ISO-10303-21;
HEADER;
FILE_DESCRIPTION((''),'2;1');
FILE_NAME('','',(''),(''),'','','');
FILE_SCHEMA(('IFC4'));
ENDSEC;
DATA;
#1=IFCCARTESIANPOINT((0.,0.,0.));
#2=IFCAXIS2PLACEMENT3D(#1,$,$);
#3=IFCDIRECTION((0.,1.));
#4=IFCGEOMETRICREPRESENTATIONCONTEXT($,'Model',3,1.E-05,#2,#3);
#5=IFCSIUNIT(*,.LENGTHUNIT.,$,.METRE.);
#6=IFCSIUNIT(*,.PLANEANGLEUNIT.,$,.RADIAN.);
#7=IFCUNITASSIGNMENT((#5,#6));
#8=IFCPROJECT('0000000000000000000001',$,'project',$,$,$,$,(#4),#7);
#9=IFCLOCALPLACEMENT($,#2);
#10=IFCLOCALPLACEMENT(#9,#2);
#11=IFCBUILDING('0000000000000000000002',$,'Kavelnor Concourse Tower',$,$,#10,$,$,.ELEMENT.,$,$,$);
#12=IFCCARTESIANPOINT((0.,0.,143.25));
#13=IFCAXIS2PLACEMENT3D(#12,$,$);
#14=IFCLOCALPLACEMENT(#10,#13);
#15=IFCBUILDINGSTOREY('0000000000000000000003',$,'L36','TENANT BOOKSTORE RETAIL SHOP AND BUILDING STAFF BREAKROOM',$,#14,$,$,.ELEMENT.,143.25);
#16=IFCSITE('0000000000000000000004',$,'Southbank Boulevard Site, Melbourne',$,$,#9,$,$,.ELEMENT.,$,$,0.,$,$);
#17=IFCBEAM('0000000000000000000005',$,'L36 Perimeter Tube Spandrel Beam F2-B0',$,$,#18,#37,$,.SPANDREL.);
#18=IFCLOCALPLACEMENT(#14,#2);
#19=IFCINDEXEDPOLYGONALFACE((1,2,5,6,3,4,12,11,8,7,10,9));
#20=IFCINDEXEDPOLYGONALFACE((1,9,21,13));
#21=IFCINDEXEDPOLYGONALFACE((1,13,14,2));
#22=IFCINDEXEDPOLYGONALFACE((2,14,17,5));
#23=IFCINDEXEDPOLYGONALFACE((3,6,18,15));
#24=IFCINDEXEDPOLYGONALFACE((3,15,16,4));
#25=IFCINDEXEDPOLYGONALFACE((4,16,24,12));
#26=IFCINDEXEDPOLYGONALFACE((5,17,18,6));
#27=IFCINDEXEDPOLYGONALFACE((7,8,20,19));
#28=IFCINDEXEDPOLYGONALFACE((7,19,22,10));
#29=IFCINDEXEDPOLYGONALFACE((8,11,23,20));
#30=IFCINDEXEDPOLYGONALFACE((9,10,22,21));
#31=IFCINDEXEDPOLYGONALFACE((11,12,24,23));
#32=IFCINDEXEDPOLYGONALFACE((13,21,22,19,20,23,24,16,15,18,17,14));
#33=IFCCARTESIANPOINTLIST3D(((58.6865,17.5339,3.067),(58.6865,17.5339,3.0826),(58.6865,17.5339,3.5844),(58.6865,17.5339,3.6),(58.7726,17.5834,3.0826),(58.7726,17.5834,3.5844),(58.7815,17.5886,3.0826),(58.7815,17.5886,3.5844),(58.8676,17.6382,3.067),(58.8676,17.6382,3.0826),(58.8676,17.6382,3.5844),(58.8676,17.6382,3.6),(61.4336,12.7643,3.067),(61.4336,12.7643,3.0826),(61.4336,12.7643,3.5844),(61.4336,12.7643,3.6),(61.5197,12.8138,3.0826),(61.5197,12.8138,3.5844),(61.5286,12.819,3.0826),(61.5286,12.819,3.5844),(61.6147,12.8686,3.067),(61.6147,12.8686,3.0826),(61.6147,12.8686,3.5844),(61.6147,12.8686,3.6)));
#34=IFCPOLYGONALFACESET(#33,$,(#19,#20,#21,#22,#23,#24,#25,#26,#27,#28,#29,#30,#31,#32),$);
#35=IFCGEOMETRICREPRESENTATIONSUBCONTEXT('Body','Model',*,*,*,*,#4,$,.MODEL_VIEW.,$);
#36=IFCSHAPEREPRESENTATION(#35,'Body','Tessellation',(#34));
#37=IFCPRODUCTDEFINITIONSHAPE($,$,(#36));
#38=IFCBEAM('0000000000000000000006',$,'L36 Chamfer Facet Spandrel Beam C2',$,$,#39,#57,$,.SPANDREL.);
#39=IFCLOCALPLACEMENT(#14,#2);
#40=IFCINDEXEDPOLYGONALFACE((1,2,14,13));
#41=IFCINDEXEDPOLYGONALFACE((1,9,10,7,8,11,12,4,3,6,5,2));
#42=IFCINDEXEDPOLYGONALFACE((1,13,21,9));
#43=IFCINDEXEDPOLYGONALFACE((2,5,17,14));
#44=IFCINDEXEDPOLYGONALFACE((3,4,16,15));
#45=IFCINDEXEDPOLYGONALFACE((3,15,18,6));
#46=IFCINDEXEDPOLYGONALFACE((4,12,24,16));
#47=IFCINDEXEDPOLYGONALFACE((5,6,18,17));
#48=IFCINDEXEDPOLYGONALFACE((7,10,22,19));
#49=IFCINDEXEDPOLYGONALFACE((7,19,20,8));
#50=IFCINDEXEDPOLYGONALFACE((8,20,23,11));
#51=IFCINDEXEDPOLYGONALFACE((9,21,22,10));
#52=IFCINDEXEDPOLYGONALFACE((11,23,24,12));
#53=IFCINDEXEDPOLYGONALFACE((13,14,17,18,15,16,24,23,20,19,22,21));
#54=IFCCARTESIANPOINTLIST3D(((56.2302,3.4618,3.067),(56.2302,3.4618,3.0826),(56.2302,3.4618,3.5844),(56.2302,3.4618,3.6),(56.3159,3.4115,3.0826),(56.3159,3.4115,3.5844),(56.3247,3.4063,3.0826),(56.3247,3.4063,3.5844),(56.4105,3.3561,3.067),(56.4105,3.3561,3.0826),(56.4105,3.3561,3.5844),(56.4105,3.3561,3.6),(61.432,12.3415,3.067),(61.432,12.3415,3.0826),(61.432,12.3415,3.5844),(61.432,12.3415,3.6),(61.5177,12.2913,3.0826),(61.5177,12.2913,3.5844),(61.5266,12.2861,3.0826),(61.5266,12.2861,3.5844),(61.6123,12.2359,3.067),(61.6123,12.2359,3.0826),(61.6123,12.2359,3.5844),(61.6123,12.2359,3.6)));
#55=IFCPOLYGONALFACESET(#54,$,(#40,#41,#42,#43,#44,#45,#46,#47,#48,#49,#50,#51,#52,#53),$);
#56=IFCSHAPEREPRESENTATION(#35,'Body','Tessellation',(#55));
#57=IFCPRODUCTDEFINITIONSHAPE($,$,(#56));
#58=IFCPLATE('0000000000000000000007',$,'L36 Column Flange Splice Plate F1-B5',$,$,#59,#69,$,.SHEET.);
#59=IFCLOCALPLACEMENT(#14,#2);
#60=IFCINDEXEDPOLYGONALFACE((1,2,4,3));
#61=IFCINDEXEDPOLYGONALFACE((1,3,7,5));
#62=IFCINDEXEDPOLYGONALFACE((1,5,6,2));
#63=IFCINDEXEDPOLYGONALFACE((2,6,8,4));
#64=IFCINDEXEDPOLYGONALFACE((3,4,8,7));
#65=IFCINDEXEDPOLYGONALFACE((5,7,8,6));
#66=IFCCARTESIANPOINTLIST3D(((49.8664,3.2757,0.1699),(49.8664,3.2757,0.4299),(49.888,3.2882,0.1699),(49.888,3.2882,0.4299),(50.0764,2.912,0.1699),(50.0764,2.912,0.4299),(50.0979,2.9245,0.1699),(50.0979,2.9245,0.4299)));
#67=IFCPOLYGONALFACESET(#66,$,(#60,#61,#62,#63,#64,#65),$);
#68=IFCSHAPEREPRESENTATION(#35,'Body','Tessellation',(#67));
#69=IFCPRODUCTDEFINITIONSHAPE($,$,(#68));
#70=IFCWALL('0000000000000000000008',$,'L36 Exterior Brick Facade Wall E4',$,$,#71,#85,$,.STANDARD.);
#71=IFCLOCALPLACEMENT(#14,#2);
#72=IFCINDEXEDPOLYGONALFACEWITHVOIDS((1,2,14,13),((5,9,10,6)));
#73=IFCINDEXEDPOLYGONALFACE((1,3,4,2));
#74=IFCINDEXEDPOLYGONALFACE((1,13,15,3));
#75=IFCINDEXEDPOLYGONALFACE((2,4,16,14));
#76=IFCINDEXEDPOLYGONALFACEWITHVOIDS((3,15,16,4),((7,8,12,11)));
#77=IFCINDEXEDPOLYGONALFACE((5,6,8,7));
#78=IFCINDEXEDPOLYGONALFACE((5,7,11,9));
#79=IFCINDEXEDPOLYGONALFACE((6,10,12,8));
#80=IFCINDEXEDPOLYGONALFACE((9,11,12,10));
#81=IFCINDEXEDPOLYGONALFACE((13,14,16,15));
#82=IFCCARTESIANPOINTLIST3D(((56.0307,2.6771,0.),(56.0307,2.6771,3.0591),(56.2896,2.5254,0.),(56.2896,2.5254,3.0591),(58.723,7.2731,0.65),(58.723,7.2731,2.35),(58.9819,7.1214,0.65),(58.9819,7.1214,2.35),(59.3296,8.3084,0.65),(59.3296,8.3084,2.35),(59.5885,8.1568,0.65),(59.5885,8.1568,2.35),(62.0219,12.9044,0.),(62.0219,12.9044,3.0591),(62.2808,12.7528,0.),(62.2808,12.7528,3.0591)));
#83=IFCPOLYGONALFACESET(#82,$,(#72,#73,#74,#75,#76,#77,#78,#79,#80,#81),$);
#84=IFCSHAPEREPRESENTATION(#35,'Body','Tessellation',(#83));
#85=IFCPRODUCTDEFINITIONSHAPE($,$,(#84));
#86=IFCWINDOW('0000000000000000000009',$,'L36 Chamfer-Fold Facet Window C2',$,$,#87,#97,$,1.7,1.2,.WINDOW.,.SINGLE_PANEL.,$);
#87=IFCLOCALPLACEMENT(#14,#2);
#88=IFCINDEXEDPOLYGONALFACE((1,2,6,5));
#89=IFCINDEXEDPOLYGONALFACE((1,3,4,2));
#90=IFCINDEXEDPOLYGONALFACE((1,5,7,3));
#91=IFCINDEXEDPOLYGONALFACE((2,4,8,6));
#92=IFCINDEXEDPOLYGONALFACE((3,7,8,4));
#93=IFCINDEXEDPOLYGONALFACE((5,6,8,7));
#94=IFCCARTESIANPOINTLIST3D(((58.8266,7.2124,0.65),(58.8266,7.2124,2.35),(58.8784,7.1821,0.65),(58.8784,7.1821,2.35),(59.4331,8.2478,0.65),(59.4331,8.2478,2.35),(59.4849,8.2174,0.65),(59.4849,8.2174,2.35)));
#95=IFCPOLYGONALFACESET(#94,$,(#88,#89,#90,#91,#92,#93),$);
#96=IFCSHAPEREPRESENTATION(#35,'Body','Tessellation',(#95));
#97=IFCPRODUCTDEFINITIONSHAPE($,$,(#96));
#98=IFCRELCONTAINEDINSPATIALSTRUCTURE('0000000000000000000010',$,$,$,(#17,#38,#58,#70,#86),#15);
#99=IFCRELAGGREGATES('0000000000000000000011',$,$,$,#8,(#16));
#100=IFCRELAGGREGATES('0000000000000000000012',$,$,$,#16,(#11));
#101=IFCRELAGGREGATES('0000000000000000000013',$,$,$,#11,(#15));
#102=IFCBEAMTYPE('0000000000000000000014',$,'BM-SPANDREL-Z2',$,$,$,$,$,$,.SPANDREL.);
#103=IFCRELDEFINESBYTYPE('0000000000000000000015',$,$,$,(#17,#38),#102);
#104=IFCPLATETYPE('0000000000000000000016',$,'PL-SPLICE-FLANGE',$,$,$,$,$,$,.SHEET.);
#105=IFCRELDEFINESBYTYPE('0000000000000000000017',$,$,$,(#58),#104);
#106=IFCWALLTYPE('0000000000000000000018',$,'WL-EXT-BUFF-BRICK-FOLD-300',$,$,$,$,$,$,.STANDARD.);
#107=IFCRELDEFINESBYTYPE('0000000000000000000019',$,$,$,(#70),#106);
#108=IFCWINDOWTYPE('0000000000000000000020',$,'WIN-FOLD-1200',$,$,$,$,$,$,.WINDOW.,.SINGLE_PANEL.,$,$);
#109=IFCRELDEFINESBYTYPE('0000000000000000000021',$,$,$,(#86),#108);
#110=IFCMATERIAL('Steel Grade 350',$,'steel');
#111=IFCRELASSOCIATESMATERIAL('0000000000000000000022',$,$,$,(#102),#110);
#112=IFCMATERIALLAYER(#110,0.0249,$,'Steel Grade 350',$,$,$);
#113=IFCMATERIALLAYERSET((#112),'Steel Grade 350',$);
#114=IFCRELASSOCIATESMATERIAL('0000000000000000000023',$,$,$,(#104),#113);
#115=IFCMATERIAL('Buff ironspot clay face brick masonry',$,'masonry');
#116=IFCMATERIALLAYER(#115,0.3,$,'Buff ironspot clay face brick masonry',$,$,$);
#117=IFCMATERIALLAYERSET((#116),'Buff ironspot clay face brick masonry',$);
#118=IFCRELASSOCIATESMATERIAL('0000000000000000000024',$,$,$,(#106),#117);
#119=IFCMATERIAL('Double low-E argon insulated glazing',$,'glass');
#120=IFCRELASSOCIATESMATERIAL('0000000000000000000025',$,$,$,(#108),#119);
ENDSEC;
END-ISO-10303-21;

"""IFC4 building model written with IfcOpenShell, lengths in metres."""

from ifc_helpers import new_model, si_unit, direction, frame, frame_2d, origin, origin_2d, place, context, subcontext, project, spatial, rectangle, i_section, extrude, material, layer, layer_set, material_profile, profile_set, type_object, element, fill, save


model = new_model("IFC4")

# Units and contexts
model_context = context("Model", 3, precision=1e-05, world=origin(), true_north=direction((0.0, 1.0)))
body_context = subcontext(model_context, "Body", "Model", "MODEL_VIEW")
ifc_project = project(units=[si_unit("LENGTHUNIT", "METRE"), si_unit("PLANEANGLEUNIT", "RADIAN")], contexts=[model_context])

# Site, building, storey
site_placement = place(None, origin())
site = spatial("IfcSite", under=ifc_project, at=site_placement, Name="Southbank Boulevard Site, Melbourne", CompositionType="ELEMENT", RefElevation=0.0)
building_placement = place(site_placement, origin())
building = spatial("IfcBuilding", under=site, at=building_placement, Name="Kavelnor Concourse Tower", CompositionType="ELEMENT")
storey_placement = place(building_placement, frame((0.0, 0.0, 143.25)))
storey = spatial("IfcBuildingStorey", under=building, at=storey_placement, Name="L36", Description="TENANT BOOKSTORE RETAIL SHOP AND BUILDING STAFF BREAKROOM", CompositionType="ELEMENT", Elevation=143.25)

# Shared definitions
ifc_material_1 = material(Name="Steel Grade 350", Category="steel")

# Beams
ifc_material_profile_1 = material_profile(ifc_material_1, i_section(OverallWidth=0.209, OverallDepth=0.533, WebThickness=0.0103, FlangeThickness=0.0156, at=origin_2d()), Name="530UB92")
ifc_profile_set_1 = profile_set([ifc_material_profile_1], Name="Steel Grade 350")
beam_type_1 = type_object("IfcBeamType", Name="BM-SPANDREL-Z2", PredefinedType="SPANDREL", material=ifc_profile_set_1)
beam_1_placement = place(storey_placement, frame((61.5242, 12.8164, 3.3335), z_axis=(-0.499098, 0.866546, 0.0), x_axis=(-0.866546, -0.499098, 0.0)))
element("IfcBeam", 1, at=beam_1_placement, inside=storey, type_object=beam_type_1, Name="L36 Perimeter Tube Spandrel Beam F2-B0", PredefinedType="SPANDREL", context=body_context, shape_type="SweptSolid", body=[
    extrude(i_section(OverallWidth=0.209, OverallDepth=0.533, WebThickness=0.0103, FlangeThickness=0.0156, at=origin_2d()), origin(), (0.0, 0.0, 1.0), 5.5042),
])
beam_2_placement = place(storey_placement, frame((56.3203, 3.4089, 3.3335), z_axis=(0.505463, 0.862848, 0.0), x_axis=(-0.862848, 0.505463, 0.0)))
element("IfcBeam", 2, at=beam_2_placement, inside=storey, type_object=beam_type_1, Name="L36 Chamfer Facet Spandrel Beam C2", PredefinedType="SPANDREL", context=body_context, shape_type="SweptSolid", body=[
    extrude(i_section(OverallWidth=0.209, OverallDepth=0.533, WebThickness=0.0103, FlangeThickness=0.0156, at=origin_2d()), origin(), (0.0, 0.0, 1.0), 10.2913),
])

# Plate
ifc_layer_1 = layer(ifc_material_1, 0.0249, Name="Steel Grade 350")
ifc_layer_set_1 = layer_set([ifc_layer_1], Name="Steel Grade 350")
plate_type = type_object("IfcPlateType", Name="PL-SPLICE-FLANGE", PredefinedType="SHEET", material=ifc_layer_set_1)
plate_placement = place(storey_placement, frame((49.9822, 3.1001, 0.1699), z_axis=(0.0, 0.0, 1.0), x_axis=(-0.5, 0.866025, 0.0)))
element("IfcPlate", 3, at=plate_placement, inside=storey, type_object=plate_type, Name="L36 Column Flange Splice Plate F1-B5", PredefinedType="SHEET", context=body_context, shape_type="SweptSolid", body=[
    extrude(rectangle(XDim=0.4199, YDim=0.0249, at=origin_2d()), origin(), (0.0, 0.0, 1.0), 0.26),
])

# Wall, opening, window
ifc_material_2 = material(Name="Buff ironspot clay face brick masonry", Category="masonry")
ifc_layer_2 = layer(ifc_material_2, 0.3, Name="Buff ironspot clay face brick masonry")
ifc_layer_set_2 = layer_set([ifc_layer_2], Name="Buff ironspot clay face brick masonry")
wall_type_1 = type_object("IfcWallType", Name="WL-EXT-BUFF-BRICK-FOLD-300", PredefinedType="STANDARD", material=ifc_layer_set_2)
wall_1_placement = place(storey_placement, frame((62.1514, 12.8286, 0.0), z_axis=(0.0, 0.0, 1.0), x_axis=(-0.505462, -0.862849, 0.0)))
wall_1 = element("IfcWall", 4, at=wall_1_placement, inside=storey, type_object=wall_type_1, Name="L36 Exterior Brick Facade Wall E4", PredefinedType="STANDARD", context=body_context, shape_type="SweptSolid", body=[
    extrude(rectangle(XDim=11.853, YDim=0.3, at=frame_2d((5.9265, 0.0))), origin(), (0.0, 0.0, 1.0), 3.0591),
])
opening_1_placement = place(wall_1_placement, frame((5.3264, 0.0, 0.6499)))
opening_1 = element("IfcOpeningElement", 5, at=opening_1_placement, cuts=wall_1, PredefinedType="OPENING", context=body_context, shape_type="SweptSolid", body=[
    extrude(rectangle(XDim=1.2, YDim=1.7, at=frame_2d((0.6001, 0.8501))), frame((0.0, 0.1602, 0.0), z_axis=(0.0, -1.0, 0.0), x_axis=(1.0, 0.0, 0.0)), (0.0, 0.0, 1.0), 0.3201),
])
ifc_material_3 = material(Name="Double low-E argon insulated glazing", Category="glass")
window_type_1 = type_object("IfcWindowType", Name="WIN-FOLD-1200", PartitioningType="SINGLE_PANEL", PredefinedType="WINDOW", material=ifc_material_3)
window_1_placement = place(opening_1_placement, origin())
window_1 = element("IfcWindow", 6, at=window_1_placement, inside=storey, type_object=window_type_1, Name="L36 Chamfer-Fold Facet Window C2", OverallHeight=1.7, OverallWidth=1.2, PartitioningType="SINGLE_PANEL", PredefinedType="WINDOW", context=body_context, shape_type="SweptSolid", body=[
    extrude(rectangle(XDim=1.2, YDim=1.7, at=frame_2d((0.6001, 0.8501))), frame((0.0, 0.03, 0.0), z_axis=(0.0, -1.0, 0.0), x_axis=(1.0, 0.0, 0.0)), (0.0, 0.0, 1.0), 0.0601),
])
fill(opening_1, window_1)

save(model, "model.ifc")
